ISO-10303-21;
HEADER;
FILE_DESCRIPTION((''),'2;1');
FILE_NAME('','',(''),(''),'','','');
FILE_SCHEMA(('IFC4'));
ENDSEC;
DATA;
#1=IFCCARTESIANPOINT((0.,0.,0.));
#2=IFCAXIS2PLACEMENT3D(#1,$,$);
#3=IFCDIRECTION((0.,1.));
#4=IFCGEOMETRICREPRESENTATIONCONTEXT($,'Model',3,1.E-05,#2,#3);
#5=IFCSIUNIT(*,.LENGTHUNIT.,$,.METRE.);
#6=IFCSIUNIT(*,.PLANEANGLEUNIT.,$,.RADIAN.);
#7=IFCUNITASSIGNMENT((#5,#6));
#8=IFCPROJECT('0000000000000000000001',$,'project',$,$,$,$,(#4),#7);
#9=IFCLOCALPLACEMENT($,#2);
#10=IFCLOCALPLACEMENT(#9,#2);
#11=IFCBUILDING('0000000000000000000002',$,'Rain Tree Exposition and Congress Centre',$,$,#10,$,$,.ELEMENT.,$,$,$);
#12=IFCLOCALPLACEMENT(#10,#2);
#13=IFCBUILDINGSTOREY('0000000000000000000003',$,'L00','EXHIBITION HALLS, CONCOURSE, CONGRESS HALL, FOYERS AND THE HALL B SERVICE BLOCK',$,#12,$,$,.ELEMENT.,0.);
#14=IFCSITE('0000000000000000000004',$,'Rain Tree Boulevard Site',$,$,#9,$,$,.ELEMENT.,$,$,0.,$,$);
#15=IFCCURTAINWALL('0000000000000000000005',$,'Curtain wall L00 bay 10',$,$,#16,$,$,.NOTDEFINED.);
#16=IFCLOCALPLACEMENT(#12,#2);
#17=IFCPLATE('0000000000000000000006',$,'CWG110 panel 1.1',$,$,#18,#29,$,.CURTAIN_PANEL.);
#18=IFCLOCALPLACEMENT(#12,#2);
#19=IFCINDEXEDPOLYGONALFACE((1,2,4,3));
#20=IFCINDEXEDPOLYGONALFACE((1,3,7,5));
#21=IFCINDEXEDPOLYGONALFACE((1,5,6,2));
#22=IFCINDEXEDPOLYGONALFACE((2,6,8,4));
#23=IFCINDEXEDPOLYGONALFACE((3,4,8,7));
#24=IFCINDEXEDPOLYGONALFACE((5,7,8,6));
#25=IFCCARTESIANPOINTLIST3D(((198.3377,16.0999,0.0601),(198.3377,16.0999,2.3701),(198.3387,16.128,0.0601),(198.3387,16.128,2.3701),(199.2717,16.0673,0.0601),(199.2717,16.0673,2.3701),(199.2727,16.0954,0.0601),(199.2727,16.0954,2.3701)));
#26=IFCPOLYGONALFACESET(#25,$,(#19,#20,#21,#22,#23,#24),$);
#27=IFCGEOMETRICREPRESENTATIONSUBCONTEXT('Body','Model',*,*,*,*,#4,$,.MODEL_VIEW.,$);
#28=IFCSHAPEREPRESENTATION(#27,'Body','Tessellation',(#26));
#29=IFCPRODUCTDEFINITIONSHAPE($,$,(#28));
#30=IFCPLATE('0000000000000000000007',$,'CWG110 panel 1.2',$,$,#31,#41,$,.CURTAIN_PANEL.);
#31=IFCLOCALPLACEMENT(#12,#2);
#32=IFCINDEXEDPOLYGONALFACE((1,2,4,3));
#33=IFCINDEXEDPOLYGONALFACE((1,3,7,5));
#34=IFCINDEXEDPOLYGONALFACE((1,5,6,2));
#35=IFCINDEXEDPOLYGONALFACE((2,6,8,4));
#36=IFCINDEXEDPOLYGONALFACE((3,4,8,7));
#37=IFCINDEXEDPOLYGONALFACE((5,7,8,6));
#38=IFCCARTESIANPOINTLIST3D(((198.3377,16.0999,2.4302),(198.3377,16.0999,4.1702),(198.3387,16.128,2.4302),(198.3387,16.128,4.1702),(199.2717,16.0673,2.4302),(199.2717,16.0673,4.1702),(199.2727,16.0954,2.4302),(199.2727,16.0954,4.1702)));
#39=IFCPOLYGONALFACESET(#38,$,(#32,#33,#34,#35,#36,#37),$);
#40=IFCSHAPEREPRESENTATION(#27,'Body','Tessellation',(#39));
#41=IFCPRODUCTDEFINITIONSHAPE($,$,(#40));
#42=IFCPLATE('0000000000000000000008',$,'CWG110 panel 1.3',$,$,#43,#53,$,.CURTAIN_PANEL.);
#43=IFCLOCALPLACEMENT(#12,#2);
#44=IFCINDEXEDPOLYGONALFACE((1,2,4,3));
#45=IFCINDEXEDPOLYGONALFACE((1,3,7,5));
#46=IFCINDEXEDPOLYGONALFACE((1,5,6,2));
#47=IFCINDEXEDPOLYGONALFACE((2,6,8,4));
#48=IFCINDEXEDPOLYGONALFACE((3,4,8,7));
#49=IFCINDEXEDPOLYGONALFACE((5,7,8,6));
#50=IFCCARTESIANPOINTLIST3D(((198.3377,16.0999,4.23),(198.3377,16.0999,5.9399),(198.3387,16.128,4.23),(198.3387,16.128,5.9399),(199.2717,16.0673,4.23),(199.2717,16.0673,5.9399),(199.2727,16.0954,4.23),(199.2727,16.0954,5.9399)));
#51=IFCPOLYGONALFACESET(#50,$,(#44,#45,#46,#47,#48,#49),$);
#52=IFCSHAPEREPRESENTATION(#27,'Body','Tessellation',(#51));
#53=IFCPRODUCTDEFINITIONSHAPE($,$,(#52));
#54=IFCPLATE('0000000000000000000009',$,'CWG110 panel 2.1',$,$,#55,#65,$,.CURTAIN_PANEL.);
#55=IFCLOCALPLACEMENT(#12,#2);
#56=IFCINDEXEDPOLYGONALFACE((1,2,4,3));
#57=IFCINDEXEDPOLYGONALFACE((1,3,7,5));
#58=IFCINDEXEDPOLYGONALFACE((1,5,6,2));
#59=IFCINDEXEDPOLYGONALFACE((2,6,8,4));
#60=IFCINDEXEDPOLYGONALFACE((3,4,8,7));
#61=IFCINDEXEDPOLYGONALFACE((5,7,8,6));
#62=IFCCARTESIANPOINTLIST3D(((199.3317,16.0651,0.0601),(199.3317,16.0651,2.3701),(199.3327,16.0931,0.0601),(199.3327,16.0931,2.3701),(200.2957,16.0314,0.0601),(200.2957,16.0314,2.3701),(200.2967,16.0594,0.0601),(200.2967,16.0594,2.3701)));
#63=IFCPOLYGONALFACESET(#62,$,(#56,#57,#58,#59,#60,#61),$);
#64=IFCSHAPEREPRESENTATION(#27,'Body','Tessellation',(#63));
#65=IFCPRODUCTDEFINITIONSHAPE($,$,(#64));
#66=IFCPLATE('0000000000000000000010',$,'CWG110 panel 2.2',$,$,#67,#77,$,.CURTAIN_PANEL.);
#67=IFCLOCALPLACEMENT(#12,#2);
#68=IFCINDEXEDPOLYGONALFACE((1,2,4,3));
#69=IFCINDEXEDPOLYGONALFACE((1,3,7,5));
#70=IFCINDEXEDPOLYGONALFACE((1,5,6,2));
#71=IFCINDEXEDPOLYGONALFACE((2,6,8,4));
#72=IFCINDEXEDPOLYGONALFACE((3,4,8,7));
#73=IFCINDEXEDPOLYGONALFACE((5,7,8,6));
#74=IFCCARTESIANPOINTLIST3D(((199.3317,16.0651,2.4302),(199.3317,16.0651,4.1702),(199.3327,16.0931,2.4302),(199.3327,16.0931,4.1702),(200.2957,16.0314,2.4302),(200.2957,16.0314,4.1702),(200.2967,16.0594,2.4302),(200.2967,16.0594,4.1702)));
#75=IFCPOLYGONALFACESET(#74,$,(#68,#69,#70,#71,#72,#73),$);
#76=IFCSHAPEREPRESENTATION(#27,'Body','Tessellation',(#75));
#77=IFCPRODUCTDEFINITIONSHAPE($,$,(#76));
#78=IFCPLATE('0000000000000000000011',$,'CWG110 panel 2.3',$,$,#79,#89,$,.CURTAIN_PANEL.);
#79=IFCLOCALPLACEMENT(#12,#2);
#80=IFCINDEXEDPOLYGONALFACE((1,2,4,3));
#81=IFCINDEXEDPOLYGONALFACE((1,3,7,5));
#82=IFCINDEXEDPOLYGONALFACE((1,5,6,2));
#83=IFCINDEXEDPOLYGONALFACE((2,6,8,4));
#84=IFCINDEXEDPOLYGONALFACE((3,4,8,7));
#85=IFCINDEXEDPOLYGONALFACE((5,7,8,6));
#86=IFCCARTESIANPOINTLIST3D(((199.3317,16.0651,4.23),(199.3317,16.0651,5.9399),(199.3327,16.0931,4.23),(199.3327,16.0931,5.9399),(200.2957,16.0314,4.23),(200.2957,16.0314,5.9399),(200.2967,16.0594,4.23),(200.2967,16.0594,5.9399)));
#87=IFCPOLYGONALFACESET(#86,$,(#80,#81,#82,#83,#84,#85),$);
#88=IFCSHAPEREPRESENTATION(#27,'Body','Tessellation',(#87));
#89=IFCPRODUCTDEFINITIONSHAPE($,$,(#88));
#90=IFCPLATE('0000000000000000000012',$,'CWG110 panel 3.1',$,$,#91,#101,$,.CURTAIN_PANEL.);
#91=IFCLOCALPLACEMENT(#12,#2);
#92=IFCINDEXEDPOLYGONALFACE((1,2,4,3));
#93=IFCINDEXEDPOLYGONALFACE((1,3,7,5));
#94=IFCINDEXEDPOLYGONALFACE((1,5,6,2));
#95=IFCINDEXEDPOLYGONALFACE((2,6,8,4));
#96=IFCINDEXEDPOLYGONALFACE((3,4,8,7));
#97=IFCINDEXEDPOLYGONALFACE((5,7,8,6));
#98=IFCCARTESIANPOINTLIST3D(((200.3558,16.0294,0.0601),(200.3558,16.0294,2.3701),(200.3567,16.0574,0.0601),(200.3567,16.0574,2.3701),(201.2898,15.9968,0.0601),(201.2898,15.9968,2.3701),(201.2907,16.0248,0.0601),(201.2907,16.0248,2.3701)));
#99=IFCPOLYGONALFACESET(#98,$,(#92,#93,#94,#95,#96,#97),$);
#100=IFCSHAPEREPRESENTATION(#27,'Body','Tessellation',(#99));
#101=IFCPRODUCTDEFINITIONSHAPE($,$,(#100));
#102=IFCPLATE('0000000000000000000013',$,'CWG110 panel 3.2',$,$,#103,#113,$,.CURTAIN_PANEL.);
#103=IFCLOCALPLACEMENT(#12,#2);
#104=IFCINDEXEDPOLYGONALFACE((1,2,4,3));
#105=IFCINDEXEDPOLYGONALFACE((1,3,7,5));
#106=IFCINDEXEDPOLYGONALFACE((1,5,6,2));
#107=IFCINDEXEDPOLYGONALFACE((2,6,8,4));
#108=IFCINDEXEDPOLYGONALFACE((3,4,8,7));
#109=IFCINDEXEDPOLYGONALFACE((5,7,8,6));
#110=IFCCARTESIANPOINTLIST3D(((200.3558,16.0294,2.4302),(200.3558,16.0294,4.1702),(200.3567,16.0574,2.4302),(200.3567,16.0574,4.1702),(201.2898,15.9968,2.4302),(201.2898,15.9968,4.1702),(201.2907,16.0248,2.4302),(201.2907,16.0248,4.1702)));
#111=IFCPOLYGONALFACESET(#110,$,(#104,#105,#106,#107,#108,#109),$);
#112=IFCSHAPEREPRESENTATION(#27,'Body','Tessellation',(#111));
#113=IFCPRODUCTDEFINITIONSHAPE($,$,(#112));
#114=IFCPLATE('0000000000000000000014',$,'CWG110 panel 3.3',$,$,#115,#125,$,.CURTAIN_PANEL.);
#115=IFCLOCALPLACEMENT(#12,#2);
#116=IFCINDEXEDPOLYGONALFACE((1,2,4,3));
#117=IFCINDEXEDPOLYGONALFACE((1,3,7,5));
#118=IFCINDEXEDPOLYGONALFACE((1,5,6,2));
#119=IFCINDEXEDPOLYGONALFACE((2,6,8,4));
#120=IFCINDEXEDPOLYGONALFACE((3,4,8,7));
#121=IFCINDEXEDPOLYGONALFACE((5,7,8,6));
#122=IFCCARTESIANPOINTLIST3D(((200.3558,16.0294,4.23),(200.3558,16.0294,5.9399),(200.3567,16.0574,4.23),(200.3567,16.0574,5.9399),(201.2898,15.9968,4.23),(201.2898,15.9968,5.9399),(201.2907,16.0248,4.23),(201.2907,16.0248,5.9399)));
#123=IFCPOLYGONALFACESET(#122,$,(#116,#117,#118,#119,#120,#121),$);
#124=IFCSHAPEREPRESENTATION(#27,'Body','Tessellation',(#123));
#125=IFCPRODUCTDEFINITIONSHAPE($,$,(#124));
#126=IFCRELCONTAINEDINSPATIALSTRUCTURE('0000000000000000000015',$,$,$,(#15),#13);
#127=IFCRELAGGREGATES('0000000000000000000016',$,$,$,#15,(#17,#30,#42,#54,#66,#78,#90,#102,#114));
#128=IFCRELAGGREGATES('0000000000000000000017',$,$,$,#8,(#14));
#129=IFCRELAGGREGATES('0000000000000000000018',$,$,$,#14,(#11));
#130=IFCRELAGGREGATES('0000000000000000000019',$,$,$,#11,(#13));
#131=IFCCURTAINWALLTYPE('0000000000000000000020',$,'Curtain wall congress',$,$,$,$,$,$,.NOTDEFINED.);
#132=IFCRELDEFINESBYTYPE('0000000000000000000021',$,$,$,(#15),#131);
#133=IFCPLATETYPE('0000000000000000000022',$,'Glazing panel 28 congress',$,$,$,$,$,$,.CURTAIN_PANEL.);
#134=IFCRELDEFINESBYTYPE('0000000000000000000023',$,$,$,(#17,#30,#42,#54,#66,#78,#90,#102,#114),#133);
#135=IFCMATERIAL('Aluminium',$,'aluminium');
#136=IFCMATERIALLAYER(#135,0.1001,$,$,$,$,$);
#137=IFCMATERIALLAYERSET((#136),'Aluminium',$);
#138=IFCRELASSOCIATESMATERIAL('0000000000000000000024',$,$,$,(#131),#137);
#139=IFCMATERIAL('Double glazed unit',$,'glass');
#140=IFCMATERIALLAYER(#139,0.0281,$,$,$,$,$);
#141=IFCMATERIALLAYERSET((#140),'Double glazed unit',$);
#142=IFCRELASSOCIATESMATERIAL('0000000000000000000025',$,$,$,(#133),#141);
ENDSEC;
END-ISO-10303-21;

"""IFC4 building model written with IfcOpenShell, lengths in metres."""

from ifc_helpers import new_model, si_unit, direction, frame, origin, origin_2d, place, context, subcontext, project, spatial, rectangle, extrude, material, layer, layer_set, type_object, element, aggregate, save


model = new_model("IFC4")

# Units and contexts
model_context = context("Model", 3, precision=1e-05, world=origin(), true_north=direction((0.0, 1.0)))
body_context = subcontext(model_context, "Body", "Model", "MODEL_VIEW")
ifc_project = project(units=[si_unit("LENGTHUNIT", "METRE"), si_unit("PLANEANGLEUNIT", "RADIAN")], contexts=[model_context])

# Site, building, storey
site_placement = place(None, origin())
site = spatial("IfcSite", under=ifc_project, at=site_placement, Name="Rain Tree Boulevard Site", CompositionType="ELEMENT", RefElevation=0.0)
building_placement = place(site_placement, origin())
building = spatial("IfcBuilding", under=site, at=building_placement, Name="Rain Tree Exposition and Congress Centre", CompositionType="ELEMENT")
storey_placement = place(building_placement, origin())
storey = spatial("IfcBuildingStorey", under=building, at=storey_placement, Name="L00", Description="EXHIBITION HALLS, CONCOURSE, CONGRESS HALL, FOYERS AND THE HALL B SERVICE BLOCK", CompositionType="ELEMENT", Elevation=0.0)

# Curtain wall
ifc_material_1 = material(Name="Aluminium", Category="aluminium")
ifc_layer_1 = layer(ifc_material_1, 0.1001)
ifc_layer_set_1 = layer_set([ifc_layer_1], Name="Aluminium")
curtain_wall_type = type_object("IfcCurtainWallType", Name="Curtain wall congress", PredefinedType="NOTDEFINED", material=ifc_layer_set_1)
curtain_wall_1_placement = place(storey_placement, origin())
curtain_wall_1 = element("IfcCurtainWall", 1, at=curtain_wall_1_placement, inside=storey, type_object=curtain_wall_type, Name="Curtain wall L00 bay 10", PredefinedType="NOTDEFINED")

# Plates
ifc_material_2 = material(Name="Double glazed unit", Category="glass")
ifc_layer_2 = layer(ifc_material_2, 0.0281)
ifc_layer_set_2 = layer_set([ifc_layer_2], Name="Double glazed unit")
plate_type = type_object("IfcPlateType", Name="Glazing panel 28 congress", PredefinedType="CURTAIN_PANEL", material=ifc_layer_set_2)
plate_1_placement = place(storey_placement, frame((198.8052, 16.0977, 0.0601), z_axis=(0.0, 0.0, 1.0), x_axis=(0.999391, -0.034908, 0.0)))
plate_1 = element("IfcPlate", 2, at=plate_1_placement, type_object=plate_type, Name="CWG110 panel 1.1", PredefinedType="CURTAIN_PANEL", context=body_context, shape_type="SweptSolid", body=[
    extrude(rectangle(XDim=0.9346, YDim=0.0281, at=origin_2d()), origin(), (0.0, 0.0, 1.0), 2.3101),
])
plate_2_placement = place(storey_placement, frame((198.8052, 16.0977, 2.4302), z_axis=(0.0, 0.0, 1.0), x_axis=(0.999391, -0.034908, 0.0)))
plate_2 = element("IfcPlate", 3, at=plate_2_placement, type_object=plate_type, Name="CWG110 panel 1.2", PredefinedType="CURTAIN_PANEL", context=body_context, shape_type="SweptSolid", body=[
    extrude(rectangle(XDim=0.9346, YDim=0.0281, at=origin_2d()), origin(), (0.0, 0.0, 1.0), 1.74),
])
plate_3_placement = place(storey_placement, frame((198.8052, 16.0977, 4.23), z_axis=(0.0, 0.0, 1.0), x_axis=(0.999391, -0.034908, 0.0)))
plate_3 = element("IfcPlate", 4, at=plate_3_placement, type_object=plate_type, Name="CWG110 panel 1.3", PredefinedType="CURTAIN_PANEL", context=body_context, shape_type="SweptSolid", body=[
    extrude(rectangle(XDim=0.9346, YDim=0.0281, at=origin_2d()), origin(), (0.0, 0.0, 1.0), 1.71),
])
plate_4_placement = place(storey_placement, frame((199.8142, 16.0623, 0.0601), z_axis=(0.0, 0.0, 1.0), x_axis=(0.999391, -0.034908, 0.0)))
plate_4 = element("IfcPlate", 5, at=plate_4_placement, type_object=plate_type, Name="CWG110 panel 2.1", PredefinedType="CURTAIN_PANEL", context=body_context, shape_type="SweptSolid", body=[
    extrude(rectangle(XDim=0.9646, YDim=0.0281, at=origin_2d()), origin(), (0.0, 0.0, 1.0), 2.3101),
])
plate_5_placement = place(storey_placement, frame((199.8142, 16.0623, 2.4302), z_axis=(0.0, 0.0, 1.0), x_axis=(0.999391, -0.034908, 0.0)))
plate_5 = element("IfcPlate", 6, at=plate_5_placement, type_object=plate_type, Name="CWG110 panel 2.2", PredefinedType="CURTAIN_PANEL", context=body_context, shape_type="SweptSolid", body=[
    extrude(rectangle(XDim=0.9646, YDim=0.0281, at=origin_2d()), origin(), (0.0, 0.0, 1.0), 1.74),
])
plate_6_placement = place(storey_placement, frame((199.8142, 16.0623, 4.23), z_axis=(0.0, 0.0, 1.0), x_axis=(0.999391, -0.034908, 0.0)))
plate_6 = element("IfcPlate", 7, at=plate_6_placement, type_object=plate_type, Name="CWG110 panel 2.3", PredefinedType="CURTAIN_PANEL", context=body_context, shape_type="SweptSolid", body=[
    extrude(rectangle(XDim=0.9646, YDim=0.0281, at=origin_2d()), origin(), (0.0, 0.0, 1.0), 1.71),
])
plate_7_placement = place(storey_placement, frame((200.8232, 16.0271, 0.0601), z_axis=(0.0, 0.0, 1.0), x_axis=(0.999391, -0.034908, 0.0)))
plate_7 = element("IfcPlate", 8, at=plate_7_placement, type_object=plate_type, Name="CWG110 panel 3.1", PredefinedType="CURTAIN_PANEL", context=body_context, shape_type="SweptSolid", body=[
    extrude(rectangle(XDim=0.9346, YDim=0.0281, at=origin_2d()), origin(), (0.0, 0.0, 1.0), 2.3101),
])
plate_8_placement = place(storey_placement, frame((200.8232, 16.0271, 2.4302), z_axis=(0.0, 0.0, 1.0), x_axis=(0.999391, -0.034908, 0.0)))
plate_8 = element("IfcPlate", 9, at=plate_8_placement, type_object=plate_type, Name="CWG110 panel 3.2", PredefinedType="CURTAIN_PANEL", context=body_context, shape_type="SweptSolid", body=[
    extrude(rectangle(XDim=0.9346, YDim=0.0281, at=origin_2d()), origin(), (0.0, 0.0, 1.0), 1.74),
])
plate_9_placement = place(storey_placement, frame((200.8232, 16.0271, 4.23), z_axis=(0.0, 0.0, 1.0), x_axis=(0.999391, -0.034908, 0.0)))
plate_9 = element("IfcPlate", 10, at=plate_9_placement, type_object=plate_type, Name="CWG110 panel 3.3", PredefinedType="CURTAIN_PANEL", context=body_context, shape_type="SweptSolid", body=[
    extrude(rectangle(XDim=0.9346, YDim=0.0281, at=origin_2d()), origin(), (0.0, 0.0, 1.0), 1.71),
])
aggregate(curtain_wall_1, [plate_1, plate_2, plate_3, plate_4, plate_5, plate_6, plate_7, plate_8, plate_9])

save(model, "model.ifc")
